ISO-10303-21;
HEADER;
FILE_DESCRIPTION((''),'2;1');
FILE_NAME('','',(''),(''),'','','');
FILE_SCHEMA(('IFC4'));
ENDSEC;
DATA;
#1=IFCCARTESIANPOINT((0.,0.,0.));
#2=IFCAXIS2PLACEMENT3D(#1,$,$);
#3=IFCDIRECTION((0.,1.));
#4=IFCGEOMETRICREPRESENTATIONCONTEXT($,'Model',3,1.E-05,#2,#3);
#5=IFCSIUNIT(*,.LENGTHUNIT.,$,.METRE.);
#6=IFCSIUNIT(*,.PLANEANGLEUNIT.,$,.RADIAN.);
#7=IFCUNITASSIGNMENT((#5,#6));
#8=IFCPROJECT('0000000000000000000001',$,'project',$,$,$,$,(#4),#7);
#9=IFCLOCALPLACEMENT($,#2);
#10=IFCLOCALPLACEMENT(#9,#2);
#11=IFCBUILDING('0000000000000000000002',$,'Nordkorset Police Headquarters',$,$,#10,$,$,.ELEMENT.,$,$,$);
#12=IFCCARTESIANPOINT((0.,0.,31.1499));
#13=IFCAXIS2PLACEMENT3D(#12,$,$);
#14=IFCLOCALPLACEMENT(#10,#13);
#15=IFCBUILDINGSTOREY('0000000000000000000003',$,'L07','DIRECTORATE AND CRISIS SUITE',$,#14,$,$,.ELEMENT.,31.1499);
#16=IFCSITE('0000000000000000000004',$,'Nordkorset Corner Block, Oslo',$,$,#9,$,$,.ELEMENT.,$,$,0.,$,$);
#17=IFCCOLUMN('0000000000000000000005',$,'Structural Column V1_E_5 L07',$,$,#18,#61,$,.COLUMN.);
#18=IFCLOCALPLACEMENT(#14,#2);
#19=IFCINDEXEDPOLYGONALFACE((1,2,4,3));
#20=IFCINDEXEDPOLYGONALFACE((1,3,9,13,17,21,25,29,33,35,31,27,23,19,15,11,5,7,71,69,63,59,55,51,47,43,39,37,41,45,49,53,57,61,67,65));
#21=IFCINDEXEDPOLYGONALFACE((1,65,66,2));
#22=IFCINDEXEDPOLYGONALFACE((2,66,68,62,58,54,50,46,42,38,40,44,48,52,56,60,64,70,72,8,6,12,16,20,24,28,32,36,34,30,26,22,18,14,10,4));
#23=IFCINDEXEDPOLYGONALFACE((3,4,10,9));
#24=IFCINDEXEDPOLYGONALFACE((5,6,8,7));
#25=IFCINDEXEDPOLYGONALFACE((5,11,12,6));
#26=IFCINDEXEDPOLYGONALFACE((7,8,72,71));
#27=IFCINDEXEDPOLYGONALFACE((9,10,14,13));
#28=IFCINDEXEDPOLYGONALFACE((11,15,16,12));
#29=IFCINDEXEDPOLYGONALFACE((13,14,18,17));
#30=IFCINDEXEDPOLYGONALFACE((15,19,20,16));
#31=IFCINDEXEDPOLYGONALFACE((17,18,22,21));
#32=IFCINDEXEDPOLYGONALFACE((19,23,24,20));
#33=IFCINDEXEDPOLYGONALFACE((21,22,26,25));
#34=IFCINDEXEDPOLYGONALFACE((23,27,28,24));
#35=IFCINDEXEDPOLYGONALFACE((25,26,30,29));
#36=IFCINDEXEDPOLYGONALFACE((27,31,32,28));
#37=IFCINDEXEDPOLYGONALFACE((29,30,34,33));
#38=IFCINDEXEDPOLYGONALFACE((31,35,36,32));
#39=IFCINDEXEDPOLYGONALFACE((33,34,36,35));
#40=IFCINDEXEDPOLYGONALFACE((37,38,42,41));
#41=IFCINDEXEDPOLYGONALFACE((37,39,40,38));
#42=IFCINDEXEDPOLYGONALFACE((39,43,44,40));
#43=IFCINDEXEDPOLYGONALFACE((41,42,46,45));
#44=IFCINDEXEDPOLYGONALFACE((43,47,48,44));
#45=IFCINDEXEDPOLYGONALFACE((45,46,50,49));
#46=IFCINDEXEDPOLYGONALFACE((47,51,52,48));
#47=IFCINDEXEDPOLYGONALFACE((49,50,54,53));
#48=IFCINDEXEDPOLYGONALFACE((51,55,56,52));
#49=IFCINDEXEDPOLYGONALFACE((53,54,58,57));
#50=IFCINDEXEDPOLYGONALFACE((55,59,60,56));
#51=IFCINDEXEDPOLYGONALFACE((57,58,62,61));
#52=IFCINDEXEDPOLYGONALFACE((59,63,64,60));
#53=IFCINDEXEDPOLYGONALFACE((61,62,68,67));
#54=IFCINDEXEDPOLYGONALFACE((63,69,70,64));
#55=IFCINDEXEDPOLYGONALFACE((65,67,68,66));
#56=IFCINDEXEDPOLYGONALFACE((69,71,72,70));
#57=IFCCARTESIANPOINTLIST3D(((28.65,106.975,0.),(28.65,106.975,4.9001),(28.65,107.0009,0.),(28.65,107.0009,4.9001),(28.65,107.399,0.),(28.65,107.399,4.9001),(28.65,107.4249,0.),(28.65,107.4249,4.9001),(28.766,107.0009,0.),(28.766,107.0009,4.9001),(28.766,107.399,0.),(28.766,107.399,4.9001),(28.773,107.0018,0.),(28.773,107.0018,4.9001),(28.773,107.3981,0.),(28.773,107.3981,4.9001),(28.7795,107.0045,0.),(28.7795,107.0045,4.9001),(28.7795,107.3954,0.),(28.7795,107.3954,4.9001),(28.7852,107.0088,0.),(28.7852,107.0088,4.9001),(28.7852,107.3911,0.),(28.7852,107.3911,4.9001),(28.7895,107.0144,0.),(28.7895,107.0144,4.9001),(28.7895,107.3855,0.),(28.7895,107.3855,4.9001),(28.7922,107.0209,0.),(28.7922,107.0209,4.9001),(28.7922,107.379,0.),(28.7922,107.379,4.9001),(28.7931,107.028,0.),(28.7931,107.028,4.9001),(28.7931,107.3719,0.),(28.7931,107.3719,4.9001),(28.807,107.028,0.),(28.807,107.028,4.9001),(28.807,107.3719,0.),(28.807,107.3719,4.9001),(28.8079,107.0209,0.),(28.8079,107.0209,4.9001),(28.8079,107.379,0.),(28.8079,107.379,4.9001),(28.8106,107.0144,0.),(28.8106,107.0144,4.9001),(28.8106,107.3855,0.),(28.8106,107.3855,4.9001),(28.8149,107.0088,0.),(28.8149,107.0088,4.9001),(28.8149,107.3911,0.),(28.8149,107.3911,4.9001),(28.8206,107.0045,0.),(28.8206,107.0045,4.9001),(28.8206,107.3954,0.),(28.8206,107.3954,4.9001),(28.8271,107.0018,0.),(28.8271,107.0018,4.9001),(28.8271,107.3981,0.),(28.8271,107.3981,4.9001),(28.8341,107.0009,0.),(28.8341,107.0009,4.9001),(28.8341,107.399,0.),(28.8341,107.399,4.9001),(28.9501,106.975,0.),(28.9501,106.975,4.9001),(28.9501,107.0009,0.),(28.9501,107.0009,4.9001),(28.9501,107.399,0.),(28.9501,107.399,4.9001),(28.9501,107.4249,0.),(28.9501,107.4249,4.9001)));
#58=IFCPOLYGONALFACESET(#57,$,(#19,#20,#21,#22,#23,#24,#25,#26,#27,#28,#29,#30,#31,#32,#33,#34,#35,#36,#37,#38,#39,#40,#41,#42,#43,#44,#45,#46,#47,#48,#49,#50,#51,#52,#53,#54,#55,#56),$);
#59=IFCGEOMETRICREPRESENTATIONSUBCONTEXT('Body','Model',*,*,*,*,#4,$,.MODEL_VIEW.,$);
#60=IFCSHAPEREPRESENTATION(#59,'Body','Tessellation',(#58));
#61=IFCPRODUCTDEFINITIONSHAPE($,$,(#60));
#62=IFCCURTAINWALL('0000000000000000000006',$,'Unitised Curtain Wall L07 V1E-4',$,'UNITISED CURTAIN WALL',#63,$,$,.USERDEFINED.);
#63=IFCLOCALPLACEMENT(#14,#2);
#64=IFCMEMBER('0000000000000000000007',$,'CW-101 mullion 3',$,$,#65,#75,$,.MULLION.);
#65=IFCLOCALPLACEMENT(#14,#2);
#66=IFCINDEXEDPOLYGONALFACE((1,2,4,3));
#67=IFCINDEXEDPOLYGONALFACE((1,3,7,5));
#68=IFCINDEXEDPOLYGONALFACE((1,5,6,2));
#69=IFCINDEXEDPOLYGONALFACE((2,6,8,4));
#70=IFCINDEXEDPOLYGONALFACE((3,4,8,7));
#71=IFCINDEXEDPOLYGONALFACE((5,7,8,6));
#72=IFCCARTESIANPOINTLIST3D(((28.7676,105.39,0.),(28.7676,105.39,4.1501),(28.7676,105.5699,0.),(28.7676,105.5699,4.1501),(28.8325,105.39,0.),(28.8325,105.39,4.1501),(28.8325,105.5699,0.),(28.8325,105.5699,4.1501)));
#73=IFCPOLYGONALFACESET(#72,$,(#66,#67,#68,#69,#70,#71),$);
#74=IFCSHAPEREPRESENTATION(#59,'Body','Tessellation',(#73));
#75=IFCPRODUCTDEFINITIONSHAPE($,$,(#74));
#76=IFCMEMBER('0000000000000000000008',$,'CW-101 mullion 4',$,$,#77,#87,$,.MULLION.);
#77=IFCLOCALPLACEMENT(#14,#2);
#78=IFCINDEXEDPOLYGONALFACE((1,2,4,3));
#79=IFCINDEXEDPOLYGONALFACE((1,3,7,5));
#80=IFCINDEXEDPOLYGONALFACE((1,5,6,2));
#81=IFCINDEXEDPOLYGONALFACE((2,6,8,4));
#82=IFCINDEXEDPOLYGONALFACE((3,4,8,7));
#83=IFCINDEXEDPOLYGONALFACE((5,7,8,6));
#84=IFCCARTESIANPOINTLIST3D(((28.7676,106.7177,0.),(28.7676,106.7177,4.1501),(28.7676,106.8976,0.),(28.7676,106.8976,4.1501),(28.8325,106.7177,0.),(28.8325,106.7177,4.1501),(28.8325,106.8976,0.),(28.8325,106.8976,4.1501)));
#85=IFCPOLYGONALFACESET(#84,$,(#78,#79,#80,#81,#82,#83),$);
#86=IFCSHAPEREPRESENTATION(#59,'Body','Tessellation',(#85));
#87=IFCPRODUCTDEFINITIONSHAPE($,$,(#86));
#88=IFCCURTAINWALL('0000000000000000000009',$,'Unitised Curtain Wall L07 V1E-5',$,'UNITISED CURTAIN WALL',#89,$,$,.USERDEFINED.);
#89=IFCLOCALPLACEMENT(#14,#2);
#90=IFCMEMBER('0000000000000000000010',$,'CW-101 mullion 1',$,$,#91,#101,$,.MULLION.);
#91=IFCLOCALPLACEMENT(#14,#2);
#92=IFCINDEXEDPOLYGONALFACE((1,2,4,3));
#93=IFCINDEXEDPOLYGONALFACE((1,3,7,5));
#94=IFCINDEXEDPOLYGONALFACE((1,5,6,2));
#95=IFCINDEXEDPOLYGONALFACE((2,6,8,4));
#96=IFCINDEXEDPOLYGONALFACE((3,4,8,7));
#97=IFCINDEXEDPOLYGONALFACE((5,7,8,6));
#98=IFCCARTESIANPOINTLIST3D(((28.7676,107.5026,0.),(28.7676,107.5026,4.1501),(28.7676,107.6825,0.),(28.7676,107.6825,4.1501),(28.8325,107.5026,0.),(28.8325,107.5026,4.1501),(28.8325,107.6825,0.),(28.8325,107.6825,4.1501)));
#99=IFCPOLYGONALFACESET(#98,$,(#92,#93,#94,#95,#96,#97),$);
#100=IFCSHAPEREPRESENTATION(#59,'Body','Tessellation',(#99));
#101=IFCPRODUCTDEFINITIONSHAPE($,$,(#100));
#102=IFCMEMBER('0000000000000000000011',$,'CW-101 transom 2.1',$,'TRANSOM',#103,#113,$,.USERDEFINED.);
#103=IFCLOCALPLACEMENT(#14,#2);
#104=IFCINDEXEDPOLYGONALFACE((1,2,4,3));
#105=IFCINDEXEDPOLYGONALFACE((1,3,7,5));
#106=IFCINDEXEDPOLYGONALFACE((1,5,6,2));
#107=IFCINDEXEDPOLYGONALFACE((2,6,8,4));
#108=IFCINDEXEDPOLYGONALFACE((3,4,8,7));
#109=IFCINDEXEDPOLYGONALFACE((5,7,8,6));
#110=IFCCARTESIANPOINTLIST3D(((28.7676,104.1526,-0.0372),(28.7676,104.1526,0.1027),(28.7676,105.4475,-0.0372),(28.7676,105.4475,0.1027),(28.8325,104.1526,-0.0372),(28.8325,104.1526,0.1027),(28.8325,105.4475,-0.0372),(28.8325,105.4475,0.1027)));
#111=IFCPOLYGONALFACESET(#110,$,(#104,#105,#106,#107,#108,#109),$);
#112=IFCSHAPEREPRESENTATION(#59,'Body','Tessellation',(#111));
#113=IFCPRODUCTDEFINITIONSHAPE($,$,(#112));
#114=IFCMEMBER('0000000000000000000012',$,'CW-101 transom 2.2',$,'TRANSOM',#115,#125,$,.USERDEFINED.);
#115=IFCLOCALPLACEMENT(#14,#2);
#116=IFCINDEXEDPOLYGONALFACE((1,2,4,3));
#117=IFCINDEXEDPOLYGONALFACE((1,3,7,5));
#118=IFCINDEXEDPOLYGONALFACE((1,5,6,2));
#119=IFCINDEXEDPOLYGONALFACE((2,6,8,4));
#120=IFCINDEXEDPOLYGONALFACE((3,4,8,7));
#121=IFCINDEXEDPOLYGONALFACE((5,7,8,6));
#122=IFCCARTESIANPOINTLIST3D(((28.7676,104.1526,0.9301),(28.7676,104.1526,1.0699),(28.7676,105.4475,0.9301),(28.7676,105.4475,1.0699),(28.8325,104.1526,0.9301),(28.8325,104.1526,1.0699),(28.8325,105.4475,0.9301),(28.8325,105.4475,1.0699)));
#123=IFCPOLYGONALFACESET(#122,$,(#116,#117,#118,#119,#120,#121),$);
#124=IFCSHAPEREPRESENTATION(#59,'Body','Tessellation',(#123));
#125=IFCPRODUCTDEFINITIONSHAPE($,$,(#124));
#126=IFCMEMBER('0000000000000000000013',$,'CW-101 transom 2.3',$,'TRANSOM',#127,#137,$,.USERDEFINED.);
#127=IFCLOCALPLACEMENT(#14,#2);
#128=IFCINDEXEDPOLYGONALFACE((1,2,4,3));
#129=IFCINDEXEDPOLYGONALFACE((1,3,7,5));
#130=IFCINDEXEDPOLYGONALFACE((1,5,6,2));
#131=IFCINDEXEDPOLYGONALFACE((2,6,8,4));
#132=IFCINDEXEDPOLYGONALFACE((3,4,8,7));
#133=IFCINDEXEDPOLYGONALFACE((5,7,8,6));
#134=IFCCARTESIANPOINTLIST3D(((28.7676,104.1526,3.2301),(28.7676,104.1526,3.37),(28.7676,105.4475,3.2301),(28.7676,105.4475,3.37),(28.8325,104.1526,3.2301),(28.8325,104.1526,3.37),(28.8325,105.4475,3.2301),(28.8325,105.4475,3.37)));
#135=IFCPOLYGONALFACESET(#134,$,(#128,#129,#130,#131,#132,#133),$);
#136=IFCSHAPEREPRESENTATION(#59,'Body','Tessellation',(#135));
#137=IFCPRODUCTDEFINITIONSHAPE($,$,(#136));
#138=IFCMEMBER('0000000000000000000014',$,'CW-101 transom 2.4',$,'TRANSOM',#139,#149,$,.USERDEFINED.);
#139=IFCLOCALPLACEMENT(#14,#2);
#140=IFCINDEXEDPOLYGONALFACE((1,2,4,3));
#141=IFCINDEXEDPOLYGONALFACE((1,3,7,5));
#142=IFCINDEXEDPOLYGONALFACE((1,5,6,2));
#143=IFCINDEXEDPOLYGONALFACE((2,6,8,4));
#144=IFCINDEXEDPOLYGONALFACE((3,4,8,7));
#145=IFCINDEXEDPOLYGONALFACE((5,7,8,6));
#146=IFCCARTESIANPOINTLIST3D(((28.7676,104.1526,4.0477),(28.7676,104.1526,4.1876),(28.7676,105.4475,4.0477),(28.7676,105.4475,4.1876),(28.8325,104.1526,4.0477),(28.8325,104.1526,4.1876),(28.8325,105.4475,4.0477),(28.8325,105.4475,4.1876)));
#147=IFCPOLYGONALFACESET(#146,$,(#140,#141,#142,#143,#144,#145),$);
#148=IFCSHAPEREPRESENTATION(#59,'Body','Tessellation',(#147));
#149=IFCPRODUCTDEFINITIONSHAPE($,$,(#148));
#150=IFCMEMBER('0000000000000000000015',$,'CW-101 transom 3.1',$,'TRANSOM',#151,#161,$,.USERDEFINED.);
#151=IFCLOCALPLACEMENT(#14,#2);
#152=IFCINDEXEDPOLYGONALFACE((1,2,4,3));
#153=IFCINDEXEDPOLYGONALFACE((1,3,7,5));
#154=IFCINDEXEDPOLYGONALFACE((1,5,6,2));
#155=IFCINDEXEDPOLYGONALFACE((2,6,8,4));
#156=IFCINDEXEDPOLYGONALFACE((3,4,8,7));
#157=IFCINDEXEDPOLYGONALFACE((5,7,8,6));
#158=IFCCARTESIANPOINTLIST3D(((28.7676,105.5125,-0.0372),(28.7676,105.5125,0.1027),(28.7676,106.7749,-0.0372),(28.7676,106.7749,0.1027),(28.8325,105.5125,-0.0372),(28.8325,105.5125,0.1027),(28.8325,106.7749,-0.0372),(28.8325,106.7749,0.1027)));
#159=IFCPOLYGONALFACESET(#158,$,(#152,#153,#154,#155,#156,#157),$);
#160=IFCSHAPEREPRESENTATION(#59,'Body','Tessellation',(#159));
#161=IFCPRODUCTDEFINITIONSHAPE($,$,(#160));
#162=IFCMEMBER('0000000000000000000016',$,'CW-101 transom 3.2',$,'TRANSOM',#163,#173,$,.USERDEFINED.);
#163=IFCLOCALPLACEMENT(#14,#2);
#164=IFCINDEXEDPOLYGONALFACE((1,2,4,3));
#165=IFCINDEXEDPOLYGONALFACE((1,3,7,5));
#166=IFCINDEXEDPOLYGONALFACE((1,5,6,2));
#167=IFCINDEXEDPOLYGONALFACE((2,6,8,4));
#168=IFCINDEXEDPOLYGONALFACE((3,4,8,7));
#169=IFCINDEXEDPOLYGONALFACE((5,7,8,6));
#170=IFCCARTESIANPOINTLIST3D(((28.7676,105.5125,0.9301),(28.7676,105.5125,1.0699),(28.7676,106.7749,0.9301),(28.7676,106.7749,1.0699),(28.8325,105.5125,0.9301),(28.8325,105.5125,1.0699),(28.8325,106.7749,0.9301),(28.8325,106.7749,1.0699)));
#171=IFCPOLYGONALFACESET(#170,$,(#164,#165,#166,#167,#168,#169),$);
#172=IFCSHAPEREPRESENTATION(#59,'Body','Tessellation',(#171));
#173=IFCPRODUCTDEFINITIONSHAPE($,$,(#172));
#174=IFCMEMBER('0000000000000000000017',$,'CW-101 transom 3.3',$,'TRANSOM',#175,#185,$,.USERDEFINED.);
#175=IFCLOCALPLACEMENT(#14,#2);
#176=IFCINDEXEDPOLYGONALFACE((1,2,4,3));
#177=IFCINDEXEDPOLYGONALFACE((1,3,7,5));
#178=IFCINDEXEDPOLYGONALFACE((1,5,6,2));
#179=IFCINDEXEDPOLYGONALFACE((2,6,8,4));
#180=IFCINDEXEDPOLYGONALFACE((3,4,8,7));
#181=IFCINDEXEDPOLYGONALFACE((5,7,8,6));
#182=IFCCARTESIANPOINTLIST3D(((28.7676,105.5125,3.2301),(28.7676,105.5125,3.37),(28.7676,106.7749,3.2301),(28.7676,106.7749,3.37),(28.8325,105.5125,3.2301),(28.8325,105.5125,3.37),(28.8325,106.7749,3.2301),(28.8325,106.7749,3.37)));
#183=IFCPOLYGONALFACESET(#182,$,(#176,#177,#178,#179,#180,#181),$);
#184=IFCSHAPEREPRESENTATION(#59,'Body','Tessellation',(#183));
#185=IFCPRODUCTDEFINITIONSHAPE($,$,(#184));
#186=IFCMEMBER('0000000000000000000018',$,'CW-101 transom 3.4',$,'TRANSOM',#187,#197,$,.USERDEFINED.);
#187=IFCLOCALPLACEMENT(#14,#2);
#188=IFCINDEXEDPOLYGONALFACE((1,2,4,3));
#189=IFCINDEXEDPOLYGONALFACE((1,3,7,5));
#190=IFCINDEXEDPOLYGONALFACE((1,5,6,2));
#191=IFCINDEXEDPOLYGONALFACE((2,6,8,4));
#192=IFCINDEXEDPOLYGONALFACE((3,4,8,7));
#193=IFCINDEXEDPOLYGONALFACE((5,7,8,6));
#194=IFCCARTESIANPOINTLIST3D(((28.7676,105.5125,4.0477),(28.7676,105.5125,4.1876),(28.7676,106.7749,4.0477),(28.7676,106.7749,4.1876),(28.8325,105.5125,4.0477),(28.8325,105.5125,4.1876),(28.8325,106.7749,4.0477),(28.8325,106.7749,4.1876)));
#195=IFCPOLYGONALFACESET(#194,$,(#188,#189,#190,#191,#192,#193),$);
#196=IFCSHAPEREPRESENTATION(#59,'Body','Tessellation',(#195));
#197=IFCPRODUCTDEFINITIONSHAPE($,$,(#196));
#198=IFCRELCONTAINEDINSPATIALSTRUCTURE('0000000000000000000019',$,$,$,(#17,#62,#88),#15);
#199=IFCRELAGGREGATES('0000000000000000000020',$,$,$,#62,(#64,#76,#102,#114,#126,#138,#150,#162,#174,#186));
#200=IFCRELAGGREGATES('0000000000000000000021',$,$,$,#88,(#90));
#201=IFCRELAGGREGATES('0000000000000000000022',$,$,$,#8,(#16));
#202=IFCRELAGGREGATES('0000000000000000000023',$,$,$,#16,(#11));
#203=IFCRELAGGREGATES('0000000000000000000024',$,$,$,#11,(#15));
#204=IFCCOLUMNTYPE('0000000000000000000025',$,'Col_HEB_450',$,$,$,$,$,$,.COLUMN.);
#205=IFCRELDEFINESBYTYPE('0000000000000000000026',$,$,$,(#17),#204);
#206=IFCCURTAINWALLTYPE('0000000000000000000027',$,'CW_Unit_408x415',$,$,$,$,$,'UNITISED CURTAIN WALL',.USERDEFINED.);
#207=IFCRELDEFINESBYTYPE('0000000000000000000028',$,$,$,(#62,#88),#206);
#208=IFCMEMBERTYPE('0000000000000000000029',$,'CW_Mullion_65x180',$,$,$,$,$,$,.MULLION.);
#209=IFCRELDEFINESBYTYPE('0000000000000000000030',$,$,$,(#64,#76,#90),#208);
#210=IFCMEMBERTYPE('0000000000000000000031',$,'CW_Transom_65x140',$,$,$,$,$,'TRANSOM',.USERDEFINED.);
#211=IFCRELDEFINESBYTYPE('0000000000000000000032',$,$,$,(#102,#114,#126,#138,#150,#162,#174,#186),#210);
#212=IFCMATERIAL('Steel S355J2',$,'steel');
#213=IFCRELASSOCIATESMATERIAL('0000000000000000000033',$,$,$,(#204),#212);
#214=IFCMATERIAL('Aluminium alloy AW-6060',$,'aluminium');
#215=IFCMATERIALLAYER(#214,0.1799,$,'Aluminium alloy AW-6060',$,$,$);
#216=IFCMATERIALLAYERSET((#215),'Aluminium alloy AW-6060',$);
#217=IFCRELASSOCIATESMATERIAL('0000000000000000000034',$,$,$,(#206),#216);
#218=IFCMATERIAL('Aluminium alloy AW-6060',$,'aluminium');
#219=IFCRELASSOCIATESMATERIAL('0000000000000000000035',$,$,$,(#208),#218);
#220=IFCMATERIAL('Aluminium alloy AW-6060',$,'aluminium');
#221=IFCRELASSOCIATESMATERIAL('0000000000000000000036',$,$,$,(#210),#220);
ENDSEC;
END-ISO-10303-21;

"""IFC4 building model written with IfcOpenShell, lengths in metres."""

from ifc_helpers import new_model, si_unit, direction, frame, origin, origin_2d, place, context, subcontext, project, spatial, rectangle, i_section, extrude, material, layer, layer_set, material_profile, profile_set, type_object, element, aggregate, save


model = new_model("IFC4")

# Units and contexts
model_context = context("Model", 3, precision=1e-05, world=origin(), true_north=direction((0.0, 1.0)))
body_context = subcontext(model_context, "Body", "Model", "MODEL_VIEW")
ifc_project = project(units=[si_unit("LENGTHUNIT", "METRE"), si_unit("PLANEANGLEUNIT", "RADIAN")], contexts=[model_context])

# Site, building, storey
site_placement = place(None, origin())
site = spatial("IfcSite", under=ifc_project, at=site_placement, Name="Nordkorset Corner Block, Oslo", CompositionType="ELEMENT", RefElevation=0.0)
building_placement = place(site_placement, origin())
building = spatial("IfcBuilding", under=site, at=building_placement, Name="Nordkorset Police Headquarters", CompositionType="ELEMENT")
storey_placement = place(building_placement, frame((0.0, 0.0, 31.1499)))
storey = spatial("IfcBuildingStorey", under=building, at=storey_placement, Name="L07", Description="DIRECTORATE AND CRISIS SUITE", CompositionType="ELEMENT", Elevation=31.1499)

# Column
ifc_material_1 = material(Name="Steel S355J2", Category="steel")
ifc_material_profile_1 = material_profile(ifc_material_1, i_section(OverallWidth=0.3, OverallDepth=0.45, WebThickness=0.0139, FlangeThickness=0.0259, FilletRadius=0.0271, at=origin_2d()), Name="HEB 450")
ifc_profile_set_1 = profile_set([ifc_material_profile_1], Name="Steel S355J2")
column_type = type_object("IfcColumnType", Name="Col_HEB_450", PredefinedType="COLUMN", material=ifc_profile_set_1)
column_placement = place(storey_placement, frame((28.8, 107.2, 0.0), z_axis=(0.0, 0.0, 1.0), x_axis=(1.0, 0.0, 0.0)))
element("IfcColumn", 1, at=column_placement, inside=storey, type_object=column_type, Name="Structural Column V1_E_5 L07", PredefinedType="COLUMN", context=body_context, shape_type="SweptSolid", body=[
    extrude(i_section(OverallWidth=0.3, OverallDepth=0.45, WebThickness=0.0139, FlangeThickness=0.0259, FilletRadius=0.0271, at=origin_2d()), origin(), (0.0, 0.0, 1.0), 4.9001),
])

# Curtain wall, members
ifc_material_2 = material(Name="Aluminium alloy AW-6060", Category="aluminium")
ifc_layer_1 = layer(ifc_material_2, 0.1799, Name="Aluminium alloy AW-6060")
ifc_layer_set_1 = layer_set([ifc_layer_1], Name="Aluminium alloy AW-6060")
curtain_wall_type = type_object("IfcCurtainWallType", Name="CW_Unit_408x415", ElementType="UNITISED CURTAIN WALL", PredefinedType="USERDEFINED", material=ifc_layer_set_1)
curtain_wall_1_placement = place(storey_placement, origin())
curtain_wall_1 = element("IfcCurtainWall", 2, at=curtain_wall_1_placement, inside=storey, type_object=curtain_wall_type, Name="Unitised Curtain Wall L07 V1E-4", ObjectType="UNITISED CURTAIN WALL", PredefinedType="USERDEFINED")
ifc_material_3 = material(Name="Aluminium alloy AW-6060", Category="aluminium")
ifc_material_profile_2 = material_profile(ifc_material_3, rectangle(XDim=0.0649, YDim=0.1799, at=origin_2d()), Name="ALU MULL 65x180")
ifc_profile_set_2 = profile_set([ifc_material_profile_2], Name="Aluminium alloy AW-6060")
member_type_1 = type_object("IfcMemberType", Name="CW_Mullion_65x180", PredefinedType="MULLION", material=ifc_profile_set_2)
member_1_placement = place(storey_placement, frame((28.8, 105.48, 0.0), z_axis=(0.0, 0.0, 1.0), x_axis=(-1.0, 0.0, 0.0)))
member_1 = element("IfcMember", 3, at=member_1_placement, type_object=member_type_1, Name="CW-101 mullion 3", PredefinedType="MULLION", context=body_context, shape_type="SweptSolid", body=[
    extrude(rectangle(XDim=0.0649, YDim=0.1799, at=origin_2d()), origin(), (0.0, 0.0, 1.0), 4.1501),
])
member_2_placement = place(storey_placement, frame((28.8, 106.8076, 0.0), z_axis=(0.0, 0.0, 1.0), x_axis=(-1.0, 0.0, 0.0)))
member_2 = element("IfcMember", 4, at=member_2_placement, type_object=member_type_1, Name="CW-101 mullion 4", PredefinedType="MULLION", context=body_context, shape_type="SweptSolid", body=[
    extrude(rectangle(XDim=0.0649, YDim=0.1799, at=origin_2d()), origin(), (0.0, 0.0, 1.0), 4.1501),
])

# Curtain wall, member
curtain_wall_2_placement = place(storey_placement, origin())
curtain_wall_2 = element("IfcCurtainWall", 5, at=curtain_wall_2_placement, inside=storey, type_object=curtain_wall_type, Name="Unitised Curtain Wall L07 V1E-5", ObjectType="UNITISED CURTAIN WALL", PredefinedType="USERDEFINED")
member_3_placement = place(storey_placement, frame((28.8, 107.5925, 0.0), z_axis=(0.0, 0.0, 1.0), x_axis=(-1.0, 0.0, 0.0)))
member_3 = element("IfcMember", 6, at=member_3_placement, type_object=member_type_1, Name="CW-101 mullion 1", PredefinedType="MULLION", context=body_context, shape_type="SweptSolid", body=[
    extrude(rectangle(XDim=0.0649, YDim=0.1799, at=origin_2d()), origin(), (0.0, 0.0, 1.0), 4.1501),
])

# Members
ifc_material_4 = material(Name="Aluminium alloy AW-6060", Category="aluminium")
ifc_material_profile_3 = material_profile(ifc_material_4, rectangle(XDim=0.0649, YDim=0.1399, at=origin_2d()), Name="ALU TRAN 65x140")
ifc_profile_set_3 = profile_set([ifc_material_profile_3], Name="Aluminium alloy AW-6060")
member_type_2 = type_object("IfcMemberType", Name="CW_Transom_65x140", ElementType="TRANSOM", PredefinedType="USERDEFINED", material=ifc_profile_set_3)
member_4_placement = place(storey_placement, frame((28.8, 104.1526, 0.0327), z_axis=(0.0, 1.0, 0.0), x_axis=(-1.0, 0.0, 0.0)))
member_4 = element("IfcMember", 7, at=member_4_placement, type_object=member_type_2, Name="CW-101 transom 2.1", ObjectType="TRANSOM", PredefinedType="USERDEFINED", context=body_context, shape_type="SweptSolid", body=[
    extrude(rectangle(XDim=0.0649, YDim=0.1399, at=origin_2d()), origin(), (0.0, 0.0, 1.0), 1.2949),
])
member_5_placement = place(storey_placement, frame((28.8, 104.1526, 1.0), z_axis=(0.0, 1.0, 0.0), x_axis=(-1.0, 0.0, 0.0)))
member_5 = element("IfcMember", 8, at=member_5_placement, type_object=member_type_2, Name="CW-101 transom 2.2", ObjectType="TRANSOM", PredefinedType="USERDEFINED", context=body_context, shape_type="SweptSolid", body=[
    extrude(rectangle(XDim=0.0649, YDim=0.1399, at=origin_2d()), origin(), (0.0, 0.0, 1.0), 1.2949),
])
member_6_placement = place(storey_placement, frame((28.8, 104.1526, 3.3), z_axis=(0.0, 1.0, 0.0), x_axis=(-1.0, 0.0, 0.0)))
member_6 = element("IfcMember", 9, at=member_6_placement, type_object=member_type_2, Name="CW-101 transom 2.3", ObjectType="TRANSOM", PredefinedType="USERDEFINED", context=body_context, shape_type="SweptSolid", body=[
    extrude(rectangle(XDim=0.0649, YDim=0.1399, at=origin_2d()), origin(), (0.0, 0.0, 1.0), 1.2949),
])
member_7_placement = place(storey_placement, frame((28.8, 104.1526, 4.1177), z_axis=(0.0, 1.0, 0.0), x_axis=(-1.0, 0.0, 0.0)))
member_7 = element("IfcMember", 10, at=member_7_placement, type_object=member_type_2, Name="CW-101 transom 2.4", ObjectType="TRANSOM", PredefinedType="USERDEFINED", context=body_context, shape_type="SweptSolid", body=[
    extrude(rectangle(XDim=0.0649, YDim=0.1399, at=origin_2d()), origin(), (0.0, 0.0, 1.0), 1.2949),
])
member_8_placement = place(storey_placement, frame((28.8, 105.5125, 0.0327), z_axis=(0.0, 1.0, 0.0), x_axis=(-1.0, 0.0, 0.0)))
member_8 = element("IfcMember", 11, at=member_8_placement, type_object=member_type_2, Name="CW-101 transom 3.1", ObjectType="TRANSOM", PredefinedType="USERDEFINED", context=body_context, shape_type="SweptSolid", body=[
    extrude(rectangle(XDim=0.0649, YDim=0.1399, at=origin_2d()), origin(), (0.0, 0.0, 1.0), 1.2625),
])
member_9_placement = place(storey_placement, frame((28.8, 105.5125, 1.0), z_axis=(0.0, 1.0, 0.0), x_axis=(-1.0, 0.0, 0.0)))
member_9 = element("IfcMember", 12, at=member_9_placement, type_object=member_type_2, Name="CW-101 transom 3.2", ObjectType="TRANSOM", PredefinedType="USERDEFINED", context=body_context, shape_type="SweptSolid", body=[
    extrude(rectangle(XDim=0.0649, YDim=0.1399, at=origin_2d()), origin(), (0.0, 0.0, 1.0), 1.2625),
])
member_10_placement = place(storey_placement, frame((28.8, 105.5125, 3.3), z_axis=(0.0, 1.0, 0.0), x_axis=(-1.0, 0.0, 0.0)))
member_10 = element("IfcMember", 13, at=member_10_placement, type_object=member_type_2, Name="CW-101 transom 3.3", ObjectType="TRANSOM", PredefinedType="USERDEFINED", context=body_context, shape_type="SweptSolid", body=[
    extrude(rectangle(XDim=0.0649, YDim=0.1399, at=origin_2d()), origin(), (0.0, 0.0, 1.0), 1.2625),
])
member_11_placement = place(storey_placement, frame((28.8, 105.5125, 4.1177), z_axis=(0.0, 1.0, 0.0), x_axis=(-1.0, 0.0, 0.0)))
member_11 = element("IfcMember", 14, at=member_11_placement, type_object=member_type_2, Name="CW-101 transom 3.4", ObjectType="TRANSOM", PredefinedType="USERDEFINED", context=body_context, shape_type="SweptSolid", body=[
    extrude(rectangle(XDim=0.0649, YDim=0.1399, at=origin_2d()), origin(), (0.0, 0.0, 1.0), 1.2625),
])

aggregate(curtain_wall_1, [member_1, member_2, member_4, member_5, member_6, member_7, member_8, member_9, member_10, member_11])
aggregate(curtain_wall_2, [member_3])

save(model, "model.ifc")
